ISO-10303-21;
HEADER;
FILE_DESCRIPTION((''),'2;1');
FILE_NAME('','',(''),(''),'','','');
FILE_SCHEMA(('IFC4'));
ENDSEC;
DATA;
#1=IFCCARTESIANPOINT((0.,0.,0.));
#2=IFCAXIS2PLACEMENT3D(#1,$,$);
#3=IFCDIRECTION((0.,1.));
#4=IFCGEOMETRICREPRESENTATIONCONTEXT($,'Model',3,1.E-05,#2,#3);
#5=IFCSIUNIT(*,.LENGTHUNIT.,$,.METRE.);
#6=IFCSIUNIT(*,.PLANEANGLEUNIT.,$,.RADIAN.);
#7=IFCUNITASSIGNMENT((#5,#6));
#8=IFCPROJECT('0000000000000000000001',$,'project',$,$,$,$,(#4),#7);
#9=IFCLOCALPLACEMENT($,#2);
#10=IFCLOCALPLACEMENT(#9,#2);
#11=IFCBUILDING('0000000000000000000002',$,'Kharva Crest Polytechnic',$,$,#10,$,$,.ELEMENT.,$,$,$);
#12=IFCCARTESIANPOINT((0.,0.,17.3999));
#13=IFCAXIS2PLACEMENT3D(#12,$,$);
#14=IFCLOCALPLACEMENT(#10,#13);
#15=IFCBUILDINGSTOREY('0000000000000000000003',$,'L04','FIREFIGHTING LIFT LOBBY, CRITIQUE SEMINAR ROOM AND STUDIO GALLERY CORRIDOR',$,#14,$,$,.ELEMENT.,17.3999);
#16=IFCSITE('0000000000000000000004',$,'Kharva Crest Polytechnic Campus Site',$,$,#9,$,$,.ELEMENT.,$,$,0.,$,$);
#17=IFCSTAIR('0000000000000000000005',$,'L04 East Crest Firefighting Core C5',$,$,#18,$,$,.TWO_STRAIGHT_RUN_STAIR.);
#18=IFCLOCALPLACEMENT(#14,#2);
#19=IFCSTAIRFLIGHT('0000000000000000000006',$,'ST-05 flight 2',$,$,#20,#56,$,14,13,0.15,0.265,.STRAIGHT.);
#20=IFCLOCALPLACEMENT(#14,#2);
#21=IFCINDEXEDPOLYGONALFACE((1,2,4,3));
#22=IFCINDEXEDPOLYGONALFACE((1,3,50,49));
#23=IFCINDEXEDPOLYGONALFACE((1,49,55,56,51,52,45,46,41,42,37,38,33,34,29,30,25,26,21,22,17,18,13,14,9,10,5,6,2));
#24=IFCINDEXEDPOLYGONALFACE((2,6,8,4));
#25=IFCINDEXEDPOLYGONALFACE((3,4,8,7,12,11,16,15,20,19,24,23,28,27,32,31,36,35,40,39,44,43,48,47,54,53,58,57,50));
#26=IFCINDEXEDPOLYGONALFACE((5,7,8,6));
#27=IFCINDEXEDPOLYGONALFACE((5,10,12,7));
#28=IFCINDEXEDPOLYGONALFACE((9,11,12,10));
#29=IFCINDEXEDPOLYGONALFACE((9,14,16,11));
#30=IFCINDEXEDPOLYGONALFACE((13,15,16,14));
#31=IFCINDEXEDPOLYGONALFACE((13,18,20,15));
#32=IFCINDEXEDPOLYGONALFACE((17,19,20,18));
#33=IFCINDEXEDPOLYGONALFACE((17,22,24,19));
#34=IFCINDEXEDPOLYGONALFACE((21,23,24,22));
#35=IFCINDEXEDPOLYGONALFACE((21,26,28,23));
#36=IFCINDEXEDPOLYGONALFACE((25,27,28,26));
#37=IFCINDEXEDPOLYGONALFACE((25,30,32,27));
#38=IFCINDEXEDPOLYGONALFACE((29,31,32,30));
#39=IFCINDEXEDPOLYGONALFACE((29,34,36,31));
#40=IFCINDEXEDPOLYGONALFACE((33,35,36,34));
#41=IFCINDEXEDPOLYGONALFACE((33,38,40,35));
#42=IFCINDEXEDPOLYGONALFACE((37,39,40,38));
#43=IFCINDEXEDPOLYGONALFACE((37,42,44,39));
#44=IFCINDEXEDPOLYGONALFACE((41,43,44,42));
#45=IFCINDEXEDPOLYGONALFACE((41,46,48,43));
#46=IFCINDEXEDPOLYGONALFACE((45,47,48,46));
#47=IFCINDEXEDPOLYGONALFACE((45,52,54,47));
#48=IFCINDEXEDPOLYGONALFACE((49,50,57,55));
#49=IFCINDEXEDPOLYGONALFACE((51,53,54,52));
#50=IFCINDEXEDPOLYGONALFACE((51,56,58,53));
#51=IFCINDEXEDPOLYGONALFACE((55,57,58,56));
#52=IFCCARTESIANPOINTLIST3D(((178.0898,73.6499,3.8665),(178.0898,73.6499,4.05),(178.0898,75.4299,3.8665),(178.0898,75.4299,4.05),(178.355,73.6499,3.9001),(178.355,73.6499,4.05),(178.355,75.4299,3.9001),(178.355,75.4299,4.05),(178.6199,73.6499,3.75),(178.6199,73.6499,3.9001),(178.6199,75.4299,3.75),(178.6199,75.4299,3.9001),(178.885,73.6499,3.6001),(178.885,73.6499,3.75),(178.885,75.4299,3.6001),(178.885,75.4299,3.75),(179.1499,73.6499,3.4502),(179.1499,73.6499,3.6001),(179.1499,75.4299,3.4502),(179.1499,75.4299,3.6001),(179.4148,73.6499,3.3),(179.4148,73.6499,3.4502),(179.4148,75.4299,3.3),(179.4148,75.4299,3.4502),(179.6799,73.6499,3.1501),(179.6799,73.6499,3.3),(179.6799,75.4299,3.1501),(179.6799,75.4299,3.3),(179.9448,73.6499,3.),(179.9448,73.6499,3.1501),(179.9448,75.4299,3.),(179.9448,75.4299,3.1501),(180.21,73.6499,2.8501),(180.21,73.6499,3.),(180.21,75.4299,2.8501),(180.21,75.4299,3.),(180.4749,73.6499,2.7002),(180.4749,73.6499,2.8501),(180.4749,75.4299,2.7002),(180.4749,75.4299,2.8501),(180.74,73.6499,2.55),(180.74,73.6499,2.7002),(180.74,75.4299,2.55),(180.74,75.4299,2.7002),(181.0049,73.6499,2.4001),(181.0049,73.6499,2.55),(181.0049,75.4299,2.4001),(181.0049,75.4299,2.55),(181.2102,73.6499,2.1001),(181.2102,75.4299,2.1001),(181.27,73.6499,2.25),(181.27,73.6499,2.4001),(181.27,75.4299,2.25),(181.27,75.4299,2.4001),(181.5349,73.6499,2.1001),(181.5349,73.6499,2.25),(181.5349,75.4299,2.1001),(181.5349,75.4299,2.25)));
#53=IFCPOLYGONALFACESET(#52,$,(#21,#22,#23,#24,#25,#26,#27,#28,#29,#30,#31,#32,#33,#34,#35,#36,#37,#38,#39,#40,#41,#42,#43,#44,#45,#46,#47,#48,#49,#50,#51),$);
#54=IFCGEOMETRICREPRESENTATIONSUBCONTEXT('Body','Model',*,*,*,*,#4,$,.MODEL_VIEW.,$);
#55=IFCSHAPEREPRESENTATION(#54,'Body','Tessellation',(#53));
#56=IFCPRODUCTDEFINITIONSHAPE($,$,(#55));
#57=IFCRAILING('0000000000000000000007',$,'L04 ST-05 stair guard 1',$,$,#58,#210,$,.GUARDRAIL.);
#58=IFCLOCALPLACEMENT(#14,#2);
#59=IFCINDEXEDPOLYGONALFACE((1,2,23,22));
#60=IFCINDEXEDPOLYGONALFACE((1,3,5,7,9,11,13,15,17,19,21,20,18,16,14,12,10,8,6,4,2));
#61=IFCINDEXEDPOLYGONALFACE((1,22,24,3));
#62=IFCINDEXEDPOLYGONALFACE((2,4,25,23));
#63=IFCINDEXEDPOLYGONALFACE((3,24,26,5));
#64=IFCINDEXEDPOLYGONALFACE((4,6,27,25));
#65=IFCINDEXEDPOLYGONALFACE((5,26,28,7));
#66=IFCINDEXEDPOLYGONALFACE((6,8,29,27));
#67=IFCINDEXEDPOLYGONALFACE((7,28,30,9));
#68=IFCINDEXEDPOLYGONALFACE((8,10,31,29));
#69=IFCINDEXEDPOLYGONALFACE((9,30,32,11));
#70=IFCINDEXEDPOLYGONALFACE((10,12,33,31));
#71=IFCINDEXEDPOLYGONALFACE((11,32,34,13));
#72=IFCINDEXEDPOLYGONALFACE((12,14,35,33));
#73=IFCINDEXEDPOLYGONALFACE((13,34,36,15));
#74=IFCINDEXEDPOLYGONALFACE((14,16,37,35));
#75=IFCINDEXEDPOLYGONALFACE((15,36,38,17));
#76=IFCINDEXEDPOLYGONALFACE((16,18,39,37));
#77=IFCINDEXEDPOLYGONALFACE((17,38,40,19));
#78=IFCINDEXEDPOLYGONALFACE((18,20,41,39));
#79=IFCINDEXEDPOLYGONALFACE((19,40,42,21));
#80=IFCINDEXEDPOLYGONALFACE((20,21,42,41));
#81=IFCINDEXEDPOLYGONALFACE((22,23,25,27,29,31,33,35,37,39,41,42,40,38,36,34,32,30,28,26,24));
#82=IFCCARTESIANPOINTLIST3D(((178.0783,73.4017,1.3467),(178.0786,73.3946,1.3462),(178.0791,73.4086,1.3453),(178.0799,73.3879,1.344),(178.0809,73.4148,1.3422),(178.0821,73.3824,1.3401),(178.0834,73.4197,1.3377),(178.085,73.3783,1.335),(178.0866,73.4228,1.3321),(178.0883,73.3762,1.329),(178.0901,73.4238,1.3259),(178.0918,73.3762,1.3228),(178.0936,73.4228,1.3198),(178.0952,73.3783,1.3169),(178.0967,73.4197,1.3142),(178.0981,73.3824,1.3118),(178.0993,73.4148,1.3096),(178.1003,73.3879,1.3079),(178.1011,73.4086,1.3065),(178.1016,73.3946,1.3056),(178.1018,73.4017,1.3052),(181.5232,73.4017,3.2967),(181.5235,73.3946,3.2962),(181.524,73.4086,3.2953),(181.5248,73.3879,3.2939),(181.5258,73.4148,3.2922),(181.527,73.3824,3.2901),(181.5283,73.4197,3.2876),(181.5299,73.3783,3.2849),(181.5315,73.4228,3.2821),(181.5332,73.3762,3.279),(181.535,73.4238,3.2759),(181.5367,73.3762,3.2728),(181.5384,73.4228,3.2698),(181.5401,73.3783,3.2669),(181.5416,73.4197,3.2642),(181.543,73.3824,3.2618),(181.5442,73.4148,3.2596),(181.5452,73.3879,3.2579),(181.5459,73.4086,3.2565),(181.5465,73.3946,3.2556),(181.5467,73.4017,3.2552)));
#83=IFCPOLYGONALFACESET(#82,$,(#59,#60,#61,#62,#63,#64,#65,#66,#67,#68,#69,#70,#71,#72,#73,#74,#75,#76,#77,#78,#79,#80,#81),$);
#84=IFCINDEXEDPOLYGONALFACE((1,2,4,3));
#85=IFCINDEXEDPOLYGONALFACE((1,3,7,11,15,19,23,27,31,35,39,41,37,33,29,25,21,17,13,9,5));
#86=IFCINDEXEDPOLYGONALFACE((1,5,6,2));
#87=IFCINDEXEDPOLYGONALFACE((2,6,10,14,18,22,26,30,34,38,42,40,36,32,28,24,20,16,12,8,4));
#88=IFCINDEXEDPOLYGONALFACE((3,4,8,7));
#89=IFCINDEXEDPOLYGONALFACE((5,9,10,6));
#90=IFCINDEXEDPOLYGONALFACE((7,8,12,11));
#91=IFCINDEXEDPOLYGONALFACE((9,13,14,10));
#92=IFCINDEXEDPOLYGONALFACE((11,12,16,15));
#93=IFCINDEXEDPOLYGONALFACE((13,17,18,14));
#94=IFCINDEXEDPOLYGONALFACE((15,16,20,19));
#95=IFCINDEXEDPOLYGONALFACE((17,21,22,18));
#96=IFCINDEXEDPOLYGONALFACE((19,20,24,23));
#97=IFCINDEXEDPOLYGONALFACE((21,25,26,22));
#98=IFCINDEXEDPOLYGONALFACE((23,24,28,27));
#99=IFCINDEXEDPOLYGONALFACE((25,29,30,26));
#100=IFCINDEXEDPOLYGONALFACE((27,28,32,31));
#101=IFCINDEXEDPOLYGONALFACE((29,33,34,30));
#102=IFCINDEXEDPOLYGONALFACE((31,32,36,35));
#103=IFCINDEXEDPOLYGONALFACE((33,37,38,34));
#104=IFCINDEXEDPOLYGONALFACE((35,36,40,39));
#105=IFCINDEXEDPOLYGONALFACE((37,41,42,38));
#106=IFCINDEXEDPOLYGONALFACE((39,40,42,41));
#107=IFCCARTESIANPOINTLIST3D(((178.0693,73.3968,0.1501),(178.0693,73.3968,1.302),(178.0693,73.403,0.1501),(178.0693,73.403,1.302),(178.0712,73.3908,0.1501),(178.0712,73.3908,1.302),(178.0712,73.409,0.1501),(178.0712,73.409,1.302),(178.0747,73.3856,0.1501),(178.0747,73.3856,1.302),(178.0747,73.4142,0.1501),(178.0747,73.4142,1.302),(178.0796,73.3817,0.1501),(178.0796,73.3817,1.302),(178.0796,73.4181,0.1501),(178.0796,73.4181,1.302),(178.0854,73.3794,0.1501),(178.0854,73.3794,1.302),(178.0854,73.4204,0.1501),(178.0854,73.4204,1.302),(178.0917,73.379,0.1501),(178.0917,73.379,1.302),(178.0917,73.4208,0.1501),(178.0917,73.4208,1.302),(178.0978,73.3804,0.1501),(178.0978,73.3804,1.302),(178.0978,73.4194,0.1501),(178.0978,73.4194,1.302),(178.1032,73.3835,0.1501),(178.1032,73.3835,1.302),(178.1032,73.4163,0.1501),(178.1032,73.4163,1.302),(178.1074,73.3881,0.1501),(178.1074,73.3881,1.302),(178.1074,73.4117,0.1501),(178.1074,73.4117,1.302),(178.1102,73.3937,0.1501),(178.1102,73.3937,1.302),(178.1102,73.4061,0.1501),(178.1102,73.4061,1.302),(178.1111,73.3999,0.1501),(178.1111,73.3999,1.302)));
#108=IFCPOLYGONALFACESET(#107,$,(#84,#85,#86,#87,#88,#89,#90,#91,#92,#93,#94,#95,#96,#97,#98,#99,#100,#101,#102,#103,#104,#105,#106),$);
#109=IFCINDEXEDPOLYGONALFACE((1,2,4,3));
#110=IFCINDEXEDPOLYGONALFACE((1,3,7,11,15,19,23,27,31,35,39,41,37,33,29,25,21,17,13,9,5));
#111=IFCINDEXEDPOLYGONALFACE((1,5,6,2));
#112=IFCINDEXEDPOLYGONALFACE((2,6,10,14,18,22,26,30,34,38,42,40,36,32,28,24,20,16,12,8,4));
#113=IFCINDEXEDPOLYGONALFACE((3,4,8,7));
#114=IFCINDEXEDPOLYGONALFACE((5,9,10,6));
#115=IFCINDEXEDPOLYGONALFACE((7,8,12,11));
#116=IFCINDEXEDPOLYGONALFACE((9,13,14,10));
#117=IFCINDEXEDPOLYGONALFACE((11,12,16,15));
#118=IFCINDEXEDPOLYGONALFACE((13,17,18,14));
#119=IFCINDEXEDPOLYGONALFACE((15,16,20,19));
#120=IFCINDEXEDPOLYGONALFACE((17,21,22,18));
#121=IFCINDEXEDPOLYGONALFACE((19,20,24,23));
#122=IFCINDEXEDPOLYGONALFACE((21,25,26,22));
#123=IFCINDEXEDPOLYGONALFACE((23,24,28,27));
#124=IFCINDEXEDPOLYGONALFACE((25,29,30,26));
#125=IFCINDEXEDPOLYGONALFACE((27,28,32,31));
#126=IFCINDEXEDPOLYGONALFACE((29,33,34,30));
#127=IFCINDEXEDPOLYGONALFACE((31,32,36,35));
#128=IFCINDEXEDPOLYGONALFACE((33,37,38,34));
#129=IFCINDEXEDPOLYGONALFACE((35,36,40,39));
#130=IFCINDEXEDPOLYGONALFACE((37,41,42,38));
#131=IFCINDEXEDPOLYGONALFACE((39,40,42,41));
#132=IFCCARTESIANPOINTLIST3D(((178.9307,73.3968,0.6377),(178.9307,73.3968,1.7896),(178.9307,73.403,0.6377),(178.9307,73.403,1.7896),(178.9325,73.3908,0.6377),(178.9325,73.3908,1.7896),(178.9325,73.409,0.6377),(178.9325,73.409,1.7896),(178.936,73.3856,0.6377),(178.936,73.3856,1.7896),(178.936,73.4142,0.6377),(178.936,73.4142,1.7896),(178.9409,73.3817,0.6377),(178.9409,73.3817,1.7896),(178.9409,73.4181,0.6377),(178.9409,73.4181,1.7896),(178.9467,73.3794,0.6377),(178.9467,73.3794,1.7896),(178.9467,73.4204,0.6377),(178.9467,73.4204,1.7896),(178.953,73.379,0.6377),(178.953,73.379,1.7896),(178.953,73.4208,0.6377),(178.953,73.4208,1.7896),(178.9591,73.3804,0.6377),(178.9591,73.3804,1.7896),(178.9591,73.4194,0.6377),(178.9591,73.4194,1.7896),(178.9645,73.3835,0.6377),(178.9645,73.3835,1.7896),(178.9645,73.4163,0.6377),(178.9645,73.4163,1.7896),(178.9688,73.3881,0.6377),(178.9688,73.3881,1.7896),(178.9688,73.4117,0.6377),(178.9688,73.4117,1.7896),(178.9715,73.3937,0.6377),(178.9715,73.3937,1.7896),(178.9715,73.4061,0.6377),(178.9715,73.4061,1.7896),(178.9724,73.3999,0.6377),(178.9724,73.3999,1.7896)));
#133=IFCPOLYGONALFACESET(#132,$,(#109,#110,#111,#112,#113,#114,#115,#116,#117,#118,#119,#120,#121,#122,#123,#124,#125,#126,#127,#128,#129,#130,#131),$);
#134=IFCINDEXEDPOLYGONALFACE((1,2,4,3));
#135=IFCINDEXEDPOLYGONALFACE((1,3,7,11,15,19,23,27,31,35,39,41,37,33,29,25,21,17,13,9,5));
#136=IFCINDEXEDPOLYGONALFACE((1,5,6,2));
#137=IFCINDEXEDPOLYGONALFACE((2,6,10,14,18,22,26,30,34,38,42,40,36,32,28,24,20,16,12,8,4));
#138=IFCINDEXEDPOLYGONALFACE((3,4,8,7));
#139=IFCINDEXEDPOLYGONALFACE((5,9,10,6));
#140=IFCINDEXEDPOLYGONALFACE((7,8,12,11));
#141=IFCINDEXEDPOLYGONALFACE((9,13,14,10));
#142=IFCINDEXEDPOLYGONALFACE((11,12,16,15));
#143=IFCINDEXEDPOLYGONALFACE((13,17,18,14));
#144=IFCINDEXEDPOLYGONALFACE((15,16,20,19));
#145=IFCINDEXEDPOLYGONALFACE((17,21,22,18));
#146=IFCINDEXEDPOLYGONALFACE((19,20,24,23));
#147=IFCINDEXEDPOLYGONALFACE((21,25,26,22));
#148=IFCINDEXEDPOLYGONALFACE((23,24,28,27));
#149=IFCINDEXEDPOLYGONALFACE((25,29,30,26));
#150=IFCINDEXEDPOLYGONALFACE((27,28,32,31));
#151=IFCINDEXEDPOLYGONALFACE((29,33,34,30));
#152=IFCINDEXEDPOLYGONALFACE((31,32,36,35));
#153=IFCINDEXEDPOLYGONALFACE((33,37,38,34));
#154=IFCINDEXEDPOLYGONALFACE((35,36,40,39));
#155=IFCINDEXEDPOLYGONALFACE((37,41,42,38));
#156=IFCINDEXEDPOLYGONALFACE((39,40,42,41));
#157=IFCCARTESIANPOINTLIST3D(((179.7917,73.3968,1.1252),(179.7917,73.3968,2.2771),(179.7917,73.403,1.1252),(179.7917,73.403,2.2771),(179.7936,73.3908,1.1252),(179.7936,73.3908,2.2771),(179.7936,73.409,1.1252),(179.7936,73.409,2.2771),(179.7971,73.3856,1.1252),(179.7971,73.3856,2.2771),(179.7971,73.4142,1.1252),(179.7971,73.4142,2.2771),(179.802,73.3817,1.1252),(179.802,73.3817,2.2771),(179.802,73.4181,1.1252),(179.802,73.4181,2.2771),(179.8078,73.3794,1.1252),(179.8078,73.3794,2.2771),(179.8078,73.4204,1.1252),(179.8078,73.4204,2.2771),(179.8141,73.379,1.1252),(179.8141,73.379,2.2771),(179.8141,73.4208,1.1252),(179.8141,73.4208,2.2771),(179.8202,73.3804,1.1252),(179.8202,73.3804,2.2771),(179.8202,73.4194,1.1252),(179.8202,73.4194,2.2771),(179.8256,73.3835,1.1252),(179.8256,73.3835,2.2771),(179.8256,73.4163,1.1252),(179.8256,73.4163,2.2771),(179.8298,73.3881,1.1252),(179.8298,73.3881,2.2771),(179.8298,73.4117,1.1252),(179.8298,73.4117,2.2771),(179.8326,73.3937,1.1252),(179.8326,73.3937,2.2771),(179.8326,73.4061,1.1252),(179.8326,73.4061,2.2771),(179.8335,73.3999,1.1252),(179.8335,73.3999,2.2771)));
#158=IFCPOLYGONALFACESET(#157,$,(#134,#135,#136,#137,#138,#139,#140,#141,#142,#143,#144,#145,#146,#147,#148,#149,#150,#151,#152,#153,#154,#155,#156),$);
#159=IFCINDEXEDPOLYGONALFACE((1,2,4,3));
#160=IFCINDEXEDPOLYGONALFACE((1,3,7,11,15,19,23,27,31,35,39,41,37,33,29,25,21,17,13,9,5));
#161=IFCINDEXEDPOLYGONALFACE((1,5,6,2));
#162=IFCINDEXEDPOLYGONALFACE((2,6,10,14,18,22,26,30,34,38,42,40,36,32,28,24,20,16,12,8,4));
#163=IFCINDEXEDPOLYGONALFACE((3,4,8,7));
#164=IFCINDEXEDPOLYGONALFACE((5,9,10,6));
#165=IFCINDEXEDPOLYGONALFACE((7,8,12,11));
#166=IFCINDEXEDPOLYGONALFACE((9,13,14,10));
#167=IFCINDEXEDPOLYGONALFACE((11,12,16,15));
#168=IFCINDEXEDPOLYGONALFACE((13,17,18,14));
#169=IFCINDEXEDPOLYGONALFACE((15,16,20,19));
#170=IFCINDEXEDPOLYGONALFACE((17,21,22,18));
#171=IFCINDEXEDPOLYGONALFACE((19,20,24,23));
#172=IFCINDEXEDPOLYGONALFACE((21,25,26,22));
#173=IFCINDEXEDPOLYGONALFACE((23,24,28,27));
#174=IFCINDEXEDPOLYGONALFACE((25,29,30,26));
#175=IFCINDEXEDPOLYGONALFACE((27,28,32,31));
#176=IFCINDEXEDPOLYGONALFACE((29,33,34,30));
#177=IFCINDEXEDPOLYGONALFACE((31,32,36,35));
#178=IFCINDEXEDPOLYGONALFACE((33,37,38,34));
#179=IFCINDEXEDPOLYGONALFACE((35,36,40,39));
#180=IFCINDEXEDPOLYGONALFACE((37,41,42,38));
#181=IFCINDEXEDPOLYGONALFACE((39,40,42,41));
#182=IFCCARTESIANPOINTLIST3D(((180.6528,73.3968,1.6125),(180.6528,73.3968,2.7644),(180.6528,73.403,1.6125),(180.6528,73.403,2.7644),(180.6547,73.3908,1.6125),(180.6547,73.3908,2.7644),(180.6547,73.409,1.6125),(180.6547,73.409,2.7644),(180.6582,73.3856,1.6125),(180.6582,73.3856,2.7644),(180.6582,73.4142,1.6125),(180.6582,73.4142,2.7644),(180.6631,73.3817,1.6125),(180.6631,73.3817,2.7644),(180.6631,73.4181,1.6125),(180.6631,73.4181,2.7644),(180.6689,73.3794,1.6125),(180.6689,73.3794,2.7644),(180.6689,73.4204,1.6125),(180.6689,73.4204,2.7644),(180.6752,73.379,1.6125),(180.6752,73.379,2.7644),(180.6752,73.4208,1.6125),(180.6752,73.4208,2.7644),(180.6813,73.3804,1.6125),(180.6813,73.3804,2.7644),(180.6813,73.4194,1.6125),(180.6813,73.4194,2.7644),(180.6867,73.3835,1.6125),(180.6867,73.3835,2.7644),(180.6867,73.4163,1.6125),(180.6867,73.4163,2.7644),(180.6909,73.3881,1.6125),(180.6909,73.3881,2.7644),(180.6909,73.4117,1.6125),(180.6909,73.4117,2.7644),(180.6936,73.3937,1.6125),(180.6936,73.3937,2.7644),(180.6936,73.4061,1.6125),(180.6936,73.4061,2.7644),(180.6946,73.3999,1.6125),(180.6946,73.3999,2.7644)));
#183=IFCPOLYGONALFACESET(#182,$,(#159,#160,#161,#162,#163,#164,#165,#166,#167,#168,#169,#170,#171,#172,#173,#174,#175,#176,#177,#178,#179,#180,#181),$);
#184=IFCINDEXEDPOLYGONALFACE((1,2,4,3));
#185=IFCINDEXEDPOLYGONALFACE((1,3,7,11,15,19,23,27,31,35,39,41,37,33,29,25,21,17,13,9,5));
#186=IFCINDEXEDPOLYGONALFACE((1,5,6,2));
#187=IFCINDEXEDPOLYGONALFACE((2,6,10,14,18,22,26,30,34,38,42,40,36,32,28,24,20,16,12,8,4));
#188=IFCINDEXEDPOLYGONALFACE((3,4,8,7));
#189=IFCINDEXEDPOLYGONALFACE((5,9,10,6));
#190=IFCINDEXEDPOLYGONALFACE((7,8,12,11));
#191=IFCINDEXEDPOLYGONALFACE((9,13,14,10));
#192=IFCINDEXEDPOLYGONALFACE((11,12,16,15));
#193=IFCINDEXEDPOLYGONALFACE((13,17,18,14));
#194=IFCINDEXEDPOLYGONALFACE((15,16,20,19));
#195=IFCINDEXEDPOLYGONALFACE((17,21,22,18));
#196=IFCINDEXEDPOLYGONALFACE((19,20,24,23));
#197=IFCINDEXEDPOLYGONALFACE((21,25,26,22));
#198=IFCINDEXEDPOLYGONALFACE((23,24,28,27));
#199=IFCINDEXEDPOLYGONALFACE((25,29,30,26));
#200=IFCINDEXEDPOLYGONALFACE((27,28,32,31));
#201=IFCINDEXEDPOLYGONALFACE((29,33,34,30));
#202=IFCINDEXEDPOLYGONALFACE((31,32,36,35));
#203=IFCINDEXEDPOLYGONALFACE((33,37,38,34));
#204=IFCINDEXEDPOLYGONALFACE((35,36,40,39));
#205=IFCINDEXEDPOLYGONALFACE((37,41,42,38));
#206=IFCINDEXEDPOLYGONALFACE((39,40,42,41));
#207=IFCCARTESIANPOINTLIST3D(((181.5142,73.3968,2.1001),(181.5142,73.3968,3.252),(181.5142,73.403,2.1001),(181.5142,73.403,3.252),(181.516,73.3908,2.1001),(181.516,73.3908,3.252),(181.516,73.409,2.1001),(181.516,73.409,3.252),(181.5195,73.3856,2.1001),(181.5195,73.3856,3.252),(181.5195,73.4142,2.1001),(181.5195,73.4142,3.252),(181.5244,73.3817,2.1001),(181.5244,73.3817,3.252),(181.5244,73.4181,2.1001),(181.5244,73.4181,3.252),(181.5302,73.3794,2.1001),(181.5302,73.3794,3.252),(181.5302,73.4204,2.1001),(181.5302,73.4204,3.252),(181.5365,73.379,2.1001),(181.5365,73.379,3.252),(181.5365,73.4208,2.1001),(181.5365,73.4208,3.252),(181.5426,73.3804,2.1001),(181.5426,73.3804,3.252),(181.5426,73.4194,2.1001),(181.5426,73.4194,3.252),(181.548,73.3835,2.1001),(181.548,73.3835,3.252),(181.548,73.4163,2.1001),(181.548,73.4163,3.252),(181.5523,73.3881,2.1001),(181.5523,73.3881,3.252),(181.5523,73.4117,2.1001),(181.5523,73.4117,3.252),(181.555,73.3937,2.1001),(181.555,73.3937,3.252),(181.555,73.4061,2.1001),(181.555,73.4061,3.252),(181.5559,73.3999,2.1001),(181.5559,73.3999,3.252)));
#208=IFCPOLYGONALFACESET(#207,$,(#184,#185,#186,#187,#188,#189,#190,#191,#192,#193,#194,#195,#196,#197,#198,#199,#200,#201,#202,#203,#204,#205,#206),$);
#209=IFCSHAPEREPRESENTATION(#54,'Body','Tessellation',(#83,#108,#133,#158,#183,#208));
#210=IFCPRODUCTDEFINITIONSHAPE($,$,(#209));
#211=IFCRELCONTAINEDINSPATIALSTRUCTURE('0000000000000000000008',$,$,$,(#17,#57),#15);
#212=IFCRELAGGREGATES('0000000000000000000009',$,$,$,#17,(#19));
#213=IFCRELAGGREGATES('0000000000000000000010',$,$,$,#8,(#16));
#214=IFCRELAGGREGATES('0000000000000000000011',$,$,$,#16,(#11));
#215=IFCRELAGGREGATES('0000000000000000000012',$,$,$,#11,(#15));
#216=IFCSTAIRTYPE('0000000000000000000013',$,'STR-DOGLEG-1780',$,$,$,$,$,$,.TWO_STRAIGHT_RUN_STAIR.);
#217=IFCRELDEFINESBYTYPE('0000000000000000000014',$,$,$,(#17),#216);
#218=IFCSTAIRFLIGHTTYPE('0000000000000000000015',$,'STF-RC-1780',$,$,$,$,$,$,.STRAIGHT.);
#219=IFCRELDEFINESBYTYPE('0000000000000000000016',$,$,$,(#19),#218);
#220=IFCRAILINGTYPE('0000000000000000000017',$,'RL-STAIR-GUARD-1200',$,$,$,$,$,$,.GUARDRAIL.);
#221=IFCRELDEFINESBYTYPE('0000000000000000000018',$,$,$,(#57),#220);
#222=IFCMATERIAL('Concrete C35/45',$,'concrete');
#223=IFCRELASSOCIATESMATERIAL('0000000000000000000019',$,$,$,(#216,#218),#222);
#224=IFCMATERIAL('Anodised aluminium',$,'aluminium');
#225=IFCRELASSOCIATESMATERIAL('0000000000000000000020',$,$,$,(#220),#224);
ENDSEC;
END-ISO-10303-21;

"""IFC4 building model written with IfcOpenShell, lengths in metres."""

from ifc_helpers import new_model, si_unit, direction, frame, origin, origin_2d, place, context, subcontext, project, spatial, polyline, circle, outline, extrude, material, type_object, element, aggregate, save


model = new_model("IFC4")

# Units and contexts
model_context = context("Model", 3, precision=1e-05, world=origin(), true_north=direction((0.0, 1.0)))
body_context = subcontext(model_context, "Body", "Model", "MODEL_VIEW")
ifc_project = project(units=[si_unit("LENGTHUNIT", "METRE"), si_unit("PLANEANGLEUNIT", "RADIAN")], contexts=[model_context])

# Site, building, storey
site_placement = place(None, origin())
site = spatial("IfcSite", under=ifc_project, at=site_placement, Name="Kharva Crest Polytechnic Campus Site", CompositionType="ELEMENT", RefElevation=0.0)
building_placement = place(site_placement, origin())
building = spatial("IfcBuilding", under=site, at=building_placement, Name="Kharva Crest Polytechnic", CompositionType="ELEMENT")
storey_placement = place(building_placement, frame((0.0, 0.0, 17.3999)))
storey = spatial("IfcBuildingStorey", under=building, at=storey_placement, Name="L04", Description="FIREFIGHTING LIFT LOBBY, CRITIQUE SEMINAR ROOM AND STUDIO GALLERY CORRIDOR", CompositionType="ELEMENT", Elevation=17.3999)

# Shared definitions
ifc_material_1 = material(Name="Concrete C35/45", Category="concrete")

# Stair, stair flight
stair_type = type_object("IfcStairType", Name="STR-DOGLEG-1780", PredefinedType="TWO_STRAIGHT_RUN_STAIR", material=ifc_material_1)
stair_placement = place(storey_placement, origin())
stair = element("IfcStair", 1, at=stair_placement, inside=storey, type_object=stair_type, Name="L04 East Crest Firefighting Core C5", PredefinedType="TWO_STRAIGHT_RUN_STAIR")
stair_flight_type = type_object("IfcStairFlightType", Name="STF-RC-1780", PredefinedType="STRAIGHT", material=ifc_material_1)
stair_flight_1_placement = place(storey_placement, frame((181.5349, 74.54, 2.1001), z_axis=(0.0, 0.0, 1.0), x_axis=(-1.0, 0.0, 0.0)))
stair_flight_1 = element("IfcStairFlight", 2, at=stair_flight_1_placement, type_object=stair_flight_type, Name="ST-05 flight 2", NumberOfRisers=14, NumberOfTreads=13, PredefinedType="STRAIGHT", RiserHeight=0.15, TreadLength=0.265, context=body_context, shape_type="SweptSolid", body=[
    extrude(outline(polyline([(0.0, 0.0), (0.0, 0.1499), (0.2649, 0.1499), (0.2649, 0.3), (0.53, 0.3), (0.53, 0.45), (0.7949, 0.45), (0.7949, 0.6001), (1.0601, 0.6001), (1.0601, 0.75), (1.325, 0.75), (1.325, 0.8999), (1.5901, 0.8999), (1.5901, 1.05), (1.855, 1.05), (1.855, 1.2), (2.1201, 1.2), (2.1201, 1.3501), (2.385, 1.3501), (2.385, 1.5), (2.6499, 1.5), (2.6499, 1.6499), (2.915, 1.6499), (2.915, 1.8), (3.1799, 1.8), (3.1799, 1.95), (3.4451, 1.95), (3.4451, 2.1001), (3.4451, 1.7664), (0.3247, 0.0), (0.0, 0.0)])), frame((0.0, 0.8901, 0.0), z_axis=(0.0, -1.0, 0.0), x_axis=(1.0, 0.0, 0.0)), (0.0, 0.0, 1.0), 1.78),
])
aggregate(stair, [stair_flight_1])

# Railing
ifc_material_2 = material(Name="Anodised aluminium", Category="aluminium")
railing_type_1 = type_object("IfcRailingType", Name="RL-STAIR-GUARD-1200", PredefinedType="GUARDRAIL", material=ifc_material_2)
railing_1_placement = place(storey_placement, frame((178.0901, 73.3999, 0.1501)))
element("IfcRailing", 3, at=railing_1_placement, inside=storey, type_object=railing_type_1, Name="L04 ST-05 stair guard 1", PredefinedType="GUARDRAIL", context=body_context, shape_type="SweptSolid", body=[
    extrude(circle(Radius=0.0239, at=origin_2d()), frame((0.0, 0.0, 1.1758), z_axis=(0.870251, 0.0, 0.492608), x_axis=(0.0, 1.0, 0.0)), (0.0, 0.0, 1.0), 3.9585),
    extrude(circle(Radius=0.021, at=origin_2d()), origin(), (0.0, 0.0, 1.0), 1.1519),
    extrude(circle(Radius=0.021, at=origin_2d()), frame((0.8613, 0.0, 0.4875)), (0.0, 0.0, 1.0), 1.1519),
    extrude(circle(Radius=0.021, at=origin_2d()), frame((1.7224, 0.0, 0.9751)), (0.0, 0.0, 1.0), 1.1519),
    extrude(circle(Radius=0.021, at=origin_2d()), frame((2.5835, 0.0, 1.4624)), (0.0, 0.0, 1.0), 1.1519),
    extrude(circle(Radius=0.021, at=origin_2d()), frame((3.4448, 0.0, 1.95)), (0.0, 0.0, 1.0), 1.1519),
])

save(model, "model.ifc")
